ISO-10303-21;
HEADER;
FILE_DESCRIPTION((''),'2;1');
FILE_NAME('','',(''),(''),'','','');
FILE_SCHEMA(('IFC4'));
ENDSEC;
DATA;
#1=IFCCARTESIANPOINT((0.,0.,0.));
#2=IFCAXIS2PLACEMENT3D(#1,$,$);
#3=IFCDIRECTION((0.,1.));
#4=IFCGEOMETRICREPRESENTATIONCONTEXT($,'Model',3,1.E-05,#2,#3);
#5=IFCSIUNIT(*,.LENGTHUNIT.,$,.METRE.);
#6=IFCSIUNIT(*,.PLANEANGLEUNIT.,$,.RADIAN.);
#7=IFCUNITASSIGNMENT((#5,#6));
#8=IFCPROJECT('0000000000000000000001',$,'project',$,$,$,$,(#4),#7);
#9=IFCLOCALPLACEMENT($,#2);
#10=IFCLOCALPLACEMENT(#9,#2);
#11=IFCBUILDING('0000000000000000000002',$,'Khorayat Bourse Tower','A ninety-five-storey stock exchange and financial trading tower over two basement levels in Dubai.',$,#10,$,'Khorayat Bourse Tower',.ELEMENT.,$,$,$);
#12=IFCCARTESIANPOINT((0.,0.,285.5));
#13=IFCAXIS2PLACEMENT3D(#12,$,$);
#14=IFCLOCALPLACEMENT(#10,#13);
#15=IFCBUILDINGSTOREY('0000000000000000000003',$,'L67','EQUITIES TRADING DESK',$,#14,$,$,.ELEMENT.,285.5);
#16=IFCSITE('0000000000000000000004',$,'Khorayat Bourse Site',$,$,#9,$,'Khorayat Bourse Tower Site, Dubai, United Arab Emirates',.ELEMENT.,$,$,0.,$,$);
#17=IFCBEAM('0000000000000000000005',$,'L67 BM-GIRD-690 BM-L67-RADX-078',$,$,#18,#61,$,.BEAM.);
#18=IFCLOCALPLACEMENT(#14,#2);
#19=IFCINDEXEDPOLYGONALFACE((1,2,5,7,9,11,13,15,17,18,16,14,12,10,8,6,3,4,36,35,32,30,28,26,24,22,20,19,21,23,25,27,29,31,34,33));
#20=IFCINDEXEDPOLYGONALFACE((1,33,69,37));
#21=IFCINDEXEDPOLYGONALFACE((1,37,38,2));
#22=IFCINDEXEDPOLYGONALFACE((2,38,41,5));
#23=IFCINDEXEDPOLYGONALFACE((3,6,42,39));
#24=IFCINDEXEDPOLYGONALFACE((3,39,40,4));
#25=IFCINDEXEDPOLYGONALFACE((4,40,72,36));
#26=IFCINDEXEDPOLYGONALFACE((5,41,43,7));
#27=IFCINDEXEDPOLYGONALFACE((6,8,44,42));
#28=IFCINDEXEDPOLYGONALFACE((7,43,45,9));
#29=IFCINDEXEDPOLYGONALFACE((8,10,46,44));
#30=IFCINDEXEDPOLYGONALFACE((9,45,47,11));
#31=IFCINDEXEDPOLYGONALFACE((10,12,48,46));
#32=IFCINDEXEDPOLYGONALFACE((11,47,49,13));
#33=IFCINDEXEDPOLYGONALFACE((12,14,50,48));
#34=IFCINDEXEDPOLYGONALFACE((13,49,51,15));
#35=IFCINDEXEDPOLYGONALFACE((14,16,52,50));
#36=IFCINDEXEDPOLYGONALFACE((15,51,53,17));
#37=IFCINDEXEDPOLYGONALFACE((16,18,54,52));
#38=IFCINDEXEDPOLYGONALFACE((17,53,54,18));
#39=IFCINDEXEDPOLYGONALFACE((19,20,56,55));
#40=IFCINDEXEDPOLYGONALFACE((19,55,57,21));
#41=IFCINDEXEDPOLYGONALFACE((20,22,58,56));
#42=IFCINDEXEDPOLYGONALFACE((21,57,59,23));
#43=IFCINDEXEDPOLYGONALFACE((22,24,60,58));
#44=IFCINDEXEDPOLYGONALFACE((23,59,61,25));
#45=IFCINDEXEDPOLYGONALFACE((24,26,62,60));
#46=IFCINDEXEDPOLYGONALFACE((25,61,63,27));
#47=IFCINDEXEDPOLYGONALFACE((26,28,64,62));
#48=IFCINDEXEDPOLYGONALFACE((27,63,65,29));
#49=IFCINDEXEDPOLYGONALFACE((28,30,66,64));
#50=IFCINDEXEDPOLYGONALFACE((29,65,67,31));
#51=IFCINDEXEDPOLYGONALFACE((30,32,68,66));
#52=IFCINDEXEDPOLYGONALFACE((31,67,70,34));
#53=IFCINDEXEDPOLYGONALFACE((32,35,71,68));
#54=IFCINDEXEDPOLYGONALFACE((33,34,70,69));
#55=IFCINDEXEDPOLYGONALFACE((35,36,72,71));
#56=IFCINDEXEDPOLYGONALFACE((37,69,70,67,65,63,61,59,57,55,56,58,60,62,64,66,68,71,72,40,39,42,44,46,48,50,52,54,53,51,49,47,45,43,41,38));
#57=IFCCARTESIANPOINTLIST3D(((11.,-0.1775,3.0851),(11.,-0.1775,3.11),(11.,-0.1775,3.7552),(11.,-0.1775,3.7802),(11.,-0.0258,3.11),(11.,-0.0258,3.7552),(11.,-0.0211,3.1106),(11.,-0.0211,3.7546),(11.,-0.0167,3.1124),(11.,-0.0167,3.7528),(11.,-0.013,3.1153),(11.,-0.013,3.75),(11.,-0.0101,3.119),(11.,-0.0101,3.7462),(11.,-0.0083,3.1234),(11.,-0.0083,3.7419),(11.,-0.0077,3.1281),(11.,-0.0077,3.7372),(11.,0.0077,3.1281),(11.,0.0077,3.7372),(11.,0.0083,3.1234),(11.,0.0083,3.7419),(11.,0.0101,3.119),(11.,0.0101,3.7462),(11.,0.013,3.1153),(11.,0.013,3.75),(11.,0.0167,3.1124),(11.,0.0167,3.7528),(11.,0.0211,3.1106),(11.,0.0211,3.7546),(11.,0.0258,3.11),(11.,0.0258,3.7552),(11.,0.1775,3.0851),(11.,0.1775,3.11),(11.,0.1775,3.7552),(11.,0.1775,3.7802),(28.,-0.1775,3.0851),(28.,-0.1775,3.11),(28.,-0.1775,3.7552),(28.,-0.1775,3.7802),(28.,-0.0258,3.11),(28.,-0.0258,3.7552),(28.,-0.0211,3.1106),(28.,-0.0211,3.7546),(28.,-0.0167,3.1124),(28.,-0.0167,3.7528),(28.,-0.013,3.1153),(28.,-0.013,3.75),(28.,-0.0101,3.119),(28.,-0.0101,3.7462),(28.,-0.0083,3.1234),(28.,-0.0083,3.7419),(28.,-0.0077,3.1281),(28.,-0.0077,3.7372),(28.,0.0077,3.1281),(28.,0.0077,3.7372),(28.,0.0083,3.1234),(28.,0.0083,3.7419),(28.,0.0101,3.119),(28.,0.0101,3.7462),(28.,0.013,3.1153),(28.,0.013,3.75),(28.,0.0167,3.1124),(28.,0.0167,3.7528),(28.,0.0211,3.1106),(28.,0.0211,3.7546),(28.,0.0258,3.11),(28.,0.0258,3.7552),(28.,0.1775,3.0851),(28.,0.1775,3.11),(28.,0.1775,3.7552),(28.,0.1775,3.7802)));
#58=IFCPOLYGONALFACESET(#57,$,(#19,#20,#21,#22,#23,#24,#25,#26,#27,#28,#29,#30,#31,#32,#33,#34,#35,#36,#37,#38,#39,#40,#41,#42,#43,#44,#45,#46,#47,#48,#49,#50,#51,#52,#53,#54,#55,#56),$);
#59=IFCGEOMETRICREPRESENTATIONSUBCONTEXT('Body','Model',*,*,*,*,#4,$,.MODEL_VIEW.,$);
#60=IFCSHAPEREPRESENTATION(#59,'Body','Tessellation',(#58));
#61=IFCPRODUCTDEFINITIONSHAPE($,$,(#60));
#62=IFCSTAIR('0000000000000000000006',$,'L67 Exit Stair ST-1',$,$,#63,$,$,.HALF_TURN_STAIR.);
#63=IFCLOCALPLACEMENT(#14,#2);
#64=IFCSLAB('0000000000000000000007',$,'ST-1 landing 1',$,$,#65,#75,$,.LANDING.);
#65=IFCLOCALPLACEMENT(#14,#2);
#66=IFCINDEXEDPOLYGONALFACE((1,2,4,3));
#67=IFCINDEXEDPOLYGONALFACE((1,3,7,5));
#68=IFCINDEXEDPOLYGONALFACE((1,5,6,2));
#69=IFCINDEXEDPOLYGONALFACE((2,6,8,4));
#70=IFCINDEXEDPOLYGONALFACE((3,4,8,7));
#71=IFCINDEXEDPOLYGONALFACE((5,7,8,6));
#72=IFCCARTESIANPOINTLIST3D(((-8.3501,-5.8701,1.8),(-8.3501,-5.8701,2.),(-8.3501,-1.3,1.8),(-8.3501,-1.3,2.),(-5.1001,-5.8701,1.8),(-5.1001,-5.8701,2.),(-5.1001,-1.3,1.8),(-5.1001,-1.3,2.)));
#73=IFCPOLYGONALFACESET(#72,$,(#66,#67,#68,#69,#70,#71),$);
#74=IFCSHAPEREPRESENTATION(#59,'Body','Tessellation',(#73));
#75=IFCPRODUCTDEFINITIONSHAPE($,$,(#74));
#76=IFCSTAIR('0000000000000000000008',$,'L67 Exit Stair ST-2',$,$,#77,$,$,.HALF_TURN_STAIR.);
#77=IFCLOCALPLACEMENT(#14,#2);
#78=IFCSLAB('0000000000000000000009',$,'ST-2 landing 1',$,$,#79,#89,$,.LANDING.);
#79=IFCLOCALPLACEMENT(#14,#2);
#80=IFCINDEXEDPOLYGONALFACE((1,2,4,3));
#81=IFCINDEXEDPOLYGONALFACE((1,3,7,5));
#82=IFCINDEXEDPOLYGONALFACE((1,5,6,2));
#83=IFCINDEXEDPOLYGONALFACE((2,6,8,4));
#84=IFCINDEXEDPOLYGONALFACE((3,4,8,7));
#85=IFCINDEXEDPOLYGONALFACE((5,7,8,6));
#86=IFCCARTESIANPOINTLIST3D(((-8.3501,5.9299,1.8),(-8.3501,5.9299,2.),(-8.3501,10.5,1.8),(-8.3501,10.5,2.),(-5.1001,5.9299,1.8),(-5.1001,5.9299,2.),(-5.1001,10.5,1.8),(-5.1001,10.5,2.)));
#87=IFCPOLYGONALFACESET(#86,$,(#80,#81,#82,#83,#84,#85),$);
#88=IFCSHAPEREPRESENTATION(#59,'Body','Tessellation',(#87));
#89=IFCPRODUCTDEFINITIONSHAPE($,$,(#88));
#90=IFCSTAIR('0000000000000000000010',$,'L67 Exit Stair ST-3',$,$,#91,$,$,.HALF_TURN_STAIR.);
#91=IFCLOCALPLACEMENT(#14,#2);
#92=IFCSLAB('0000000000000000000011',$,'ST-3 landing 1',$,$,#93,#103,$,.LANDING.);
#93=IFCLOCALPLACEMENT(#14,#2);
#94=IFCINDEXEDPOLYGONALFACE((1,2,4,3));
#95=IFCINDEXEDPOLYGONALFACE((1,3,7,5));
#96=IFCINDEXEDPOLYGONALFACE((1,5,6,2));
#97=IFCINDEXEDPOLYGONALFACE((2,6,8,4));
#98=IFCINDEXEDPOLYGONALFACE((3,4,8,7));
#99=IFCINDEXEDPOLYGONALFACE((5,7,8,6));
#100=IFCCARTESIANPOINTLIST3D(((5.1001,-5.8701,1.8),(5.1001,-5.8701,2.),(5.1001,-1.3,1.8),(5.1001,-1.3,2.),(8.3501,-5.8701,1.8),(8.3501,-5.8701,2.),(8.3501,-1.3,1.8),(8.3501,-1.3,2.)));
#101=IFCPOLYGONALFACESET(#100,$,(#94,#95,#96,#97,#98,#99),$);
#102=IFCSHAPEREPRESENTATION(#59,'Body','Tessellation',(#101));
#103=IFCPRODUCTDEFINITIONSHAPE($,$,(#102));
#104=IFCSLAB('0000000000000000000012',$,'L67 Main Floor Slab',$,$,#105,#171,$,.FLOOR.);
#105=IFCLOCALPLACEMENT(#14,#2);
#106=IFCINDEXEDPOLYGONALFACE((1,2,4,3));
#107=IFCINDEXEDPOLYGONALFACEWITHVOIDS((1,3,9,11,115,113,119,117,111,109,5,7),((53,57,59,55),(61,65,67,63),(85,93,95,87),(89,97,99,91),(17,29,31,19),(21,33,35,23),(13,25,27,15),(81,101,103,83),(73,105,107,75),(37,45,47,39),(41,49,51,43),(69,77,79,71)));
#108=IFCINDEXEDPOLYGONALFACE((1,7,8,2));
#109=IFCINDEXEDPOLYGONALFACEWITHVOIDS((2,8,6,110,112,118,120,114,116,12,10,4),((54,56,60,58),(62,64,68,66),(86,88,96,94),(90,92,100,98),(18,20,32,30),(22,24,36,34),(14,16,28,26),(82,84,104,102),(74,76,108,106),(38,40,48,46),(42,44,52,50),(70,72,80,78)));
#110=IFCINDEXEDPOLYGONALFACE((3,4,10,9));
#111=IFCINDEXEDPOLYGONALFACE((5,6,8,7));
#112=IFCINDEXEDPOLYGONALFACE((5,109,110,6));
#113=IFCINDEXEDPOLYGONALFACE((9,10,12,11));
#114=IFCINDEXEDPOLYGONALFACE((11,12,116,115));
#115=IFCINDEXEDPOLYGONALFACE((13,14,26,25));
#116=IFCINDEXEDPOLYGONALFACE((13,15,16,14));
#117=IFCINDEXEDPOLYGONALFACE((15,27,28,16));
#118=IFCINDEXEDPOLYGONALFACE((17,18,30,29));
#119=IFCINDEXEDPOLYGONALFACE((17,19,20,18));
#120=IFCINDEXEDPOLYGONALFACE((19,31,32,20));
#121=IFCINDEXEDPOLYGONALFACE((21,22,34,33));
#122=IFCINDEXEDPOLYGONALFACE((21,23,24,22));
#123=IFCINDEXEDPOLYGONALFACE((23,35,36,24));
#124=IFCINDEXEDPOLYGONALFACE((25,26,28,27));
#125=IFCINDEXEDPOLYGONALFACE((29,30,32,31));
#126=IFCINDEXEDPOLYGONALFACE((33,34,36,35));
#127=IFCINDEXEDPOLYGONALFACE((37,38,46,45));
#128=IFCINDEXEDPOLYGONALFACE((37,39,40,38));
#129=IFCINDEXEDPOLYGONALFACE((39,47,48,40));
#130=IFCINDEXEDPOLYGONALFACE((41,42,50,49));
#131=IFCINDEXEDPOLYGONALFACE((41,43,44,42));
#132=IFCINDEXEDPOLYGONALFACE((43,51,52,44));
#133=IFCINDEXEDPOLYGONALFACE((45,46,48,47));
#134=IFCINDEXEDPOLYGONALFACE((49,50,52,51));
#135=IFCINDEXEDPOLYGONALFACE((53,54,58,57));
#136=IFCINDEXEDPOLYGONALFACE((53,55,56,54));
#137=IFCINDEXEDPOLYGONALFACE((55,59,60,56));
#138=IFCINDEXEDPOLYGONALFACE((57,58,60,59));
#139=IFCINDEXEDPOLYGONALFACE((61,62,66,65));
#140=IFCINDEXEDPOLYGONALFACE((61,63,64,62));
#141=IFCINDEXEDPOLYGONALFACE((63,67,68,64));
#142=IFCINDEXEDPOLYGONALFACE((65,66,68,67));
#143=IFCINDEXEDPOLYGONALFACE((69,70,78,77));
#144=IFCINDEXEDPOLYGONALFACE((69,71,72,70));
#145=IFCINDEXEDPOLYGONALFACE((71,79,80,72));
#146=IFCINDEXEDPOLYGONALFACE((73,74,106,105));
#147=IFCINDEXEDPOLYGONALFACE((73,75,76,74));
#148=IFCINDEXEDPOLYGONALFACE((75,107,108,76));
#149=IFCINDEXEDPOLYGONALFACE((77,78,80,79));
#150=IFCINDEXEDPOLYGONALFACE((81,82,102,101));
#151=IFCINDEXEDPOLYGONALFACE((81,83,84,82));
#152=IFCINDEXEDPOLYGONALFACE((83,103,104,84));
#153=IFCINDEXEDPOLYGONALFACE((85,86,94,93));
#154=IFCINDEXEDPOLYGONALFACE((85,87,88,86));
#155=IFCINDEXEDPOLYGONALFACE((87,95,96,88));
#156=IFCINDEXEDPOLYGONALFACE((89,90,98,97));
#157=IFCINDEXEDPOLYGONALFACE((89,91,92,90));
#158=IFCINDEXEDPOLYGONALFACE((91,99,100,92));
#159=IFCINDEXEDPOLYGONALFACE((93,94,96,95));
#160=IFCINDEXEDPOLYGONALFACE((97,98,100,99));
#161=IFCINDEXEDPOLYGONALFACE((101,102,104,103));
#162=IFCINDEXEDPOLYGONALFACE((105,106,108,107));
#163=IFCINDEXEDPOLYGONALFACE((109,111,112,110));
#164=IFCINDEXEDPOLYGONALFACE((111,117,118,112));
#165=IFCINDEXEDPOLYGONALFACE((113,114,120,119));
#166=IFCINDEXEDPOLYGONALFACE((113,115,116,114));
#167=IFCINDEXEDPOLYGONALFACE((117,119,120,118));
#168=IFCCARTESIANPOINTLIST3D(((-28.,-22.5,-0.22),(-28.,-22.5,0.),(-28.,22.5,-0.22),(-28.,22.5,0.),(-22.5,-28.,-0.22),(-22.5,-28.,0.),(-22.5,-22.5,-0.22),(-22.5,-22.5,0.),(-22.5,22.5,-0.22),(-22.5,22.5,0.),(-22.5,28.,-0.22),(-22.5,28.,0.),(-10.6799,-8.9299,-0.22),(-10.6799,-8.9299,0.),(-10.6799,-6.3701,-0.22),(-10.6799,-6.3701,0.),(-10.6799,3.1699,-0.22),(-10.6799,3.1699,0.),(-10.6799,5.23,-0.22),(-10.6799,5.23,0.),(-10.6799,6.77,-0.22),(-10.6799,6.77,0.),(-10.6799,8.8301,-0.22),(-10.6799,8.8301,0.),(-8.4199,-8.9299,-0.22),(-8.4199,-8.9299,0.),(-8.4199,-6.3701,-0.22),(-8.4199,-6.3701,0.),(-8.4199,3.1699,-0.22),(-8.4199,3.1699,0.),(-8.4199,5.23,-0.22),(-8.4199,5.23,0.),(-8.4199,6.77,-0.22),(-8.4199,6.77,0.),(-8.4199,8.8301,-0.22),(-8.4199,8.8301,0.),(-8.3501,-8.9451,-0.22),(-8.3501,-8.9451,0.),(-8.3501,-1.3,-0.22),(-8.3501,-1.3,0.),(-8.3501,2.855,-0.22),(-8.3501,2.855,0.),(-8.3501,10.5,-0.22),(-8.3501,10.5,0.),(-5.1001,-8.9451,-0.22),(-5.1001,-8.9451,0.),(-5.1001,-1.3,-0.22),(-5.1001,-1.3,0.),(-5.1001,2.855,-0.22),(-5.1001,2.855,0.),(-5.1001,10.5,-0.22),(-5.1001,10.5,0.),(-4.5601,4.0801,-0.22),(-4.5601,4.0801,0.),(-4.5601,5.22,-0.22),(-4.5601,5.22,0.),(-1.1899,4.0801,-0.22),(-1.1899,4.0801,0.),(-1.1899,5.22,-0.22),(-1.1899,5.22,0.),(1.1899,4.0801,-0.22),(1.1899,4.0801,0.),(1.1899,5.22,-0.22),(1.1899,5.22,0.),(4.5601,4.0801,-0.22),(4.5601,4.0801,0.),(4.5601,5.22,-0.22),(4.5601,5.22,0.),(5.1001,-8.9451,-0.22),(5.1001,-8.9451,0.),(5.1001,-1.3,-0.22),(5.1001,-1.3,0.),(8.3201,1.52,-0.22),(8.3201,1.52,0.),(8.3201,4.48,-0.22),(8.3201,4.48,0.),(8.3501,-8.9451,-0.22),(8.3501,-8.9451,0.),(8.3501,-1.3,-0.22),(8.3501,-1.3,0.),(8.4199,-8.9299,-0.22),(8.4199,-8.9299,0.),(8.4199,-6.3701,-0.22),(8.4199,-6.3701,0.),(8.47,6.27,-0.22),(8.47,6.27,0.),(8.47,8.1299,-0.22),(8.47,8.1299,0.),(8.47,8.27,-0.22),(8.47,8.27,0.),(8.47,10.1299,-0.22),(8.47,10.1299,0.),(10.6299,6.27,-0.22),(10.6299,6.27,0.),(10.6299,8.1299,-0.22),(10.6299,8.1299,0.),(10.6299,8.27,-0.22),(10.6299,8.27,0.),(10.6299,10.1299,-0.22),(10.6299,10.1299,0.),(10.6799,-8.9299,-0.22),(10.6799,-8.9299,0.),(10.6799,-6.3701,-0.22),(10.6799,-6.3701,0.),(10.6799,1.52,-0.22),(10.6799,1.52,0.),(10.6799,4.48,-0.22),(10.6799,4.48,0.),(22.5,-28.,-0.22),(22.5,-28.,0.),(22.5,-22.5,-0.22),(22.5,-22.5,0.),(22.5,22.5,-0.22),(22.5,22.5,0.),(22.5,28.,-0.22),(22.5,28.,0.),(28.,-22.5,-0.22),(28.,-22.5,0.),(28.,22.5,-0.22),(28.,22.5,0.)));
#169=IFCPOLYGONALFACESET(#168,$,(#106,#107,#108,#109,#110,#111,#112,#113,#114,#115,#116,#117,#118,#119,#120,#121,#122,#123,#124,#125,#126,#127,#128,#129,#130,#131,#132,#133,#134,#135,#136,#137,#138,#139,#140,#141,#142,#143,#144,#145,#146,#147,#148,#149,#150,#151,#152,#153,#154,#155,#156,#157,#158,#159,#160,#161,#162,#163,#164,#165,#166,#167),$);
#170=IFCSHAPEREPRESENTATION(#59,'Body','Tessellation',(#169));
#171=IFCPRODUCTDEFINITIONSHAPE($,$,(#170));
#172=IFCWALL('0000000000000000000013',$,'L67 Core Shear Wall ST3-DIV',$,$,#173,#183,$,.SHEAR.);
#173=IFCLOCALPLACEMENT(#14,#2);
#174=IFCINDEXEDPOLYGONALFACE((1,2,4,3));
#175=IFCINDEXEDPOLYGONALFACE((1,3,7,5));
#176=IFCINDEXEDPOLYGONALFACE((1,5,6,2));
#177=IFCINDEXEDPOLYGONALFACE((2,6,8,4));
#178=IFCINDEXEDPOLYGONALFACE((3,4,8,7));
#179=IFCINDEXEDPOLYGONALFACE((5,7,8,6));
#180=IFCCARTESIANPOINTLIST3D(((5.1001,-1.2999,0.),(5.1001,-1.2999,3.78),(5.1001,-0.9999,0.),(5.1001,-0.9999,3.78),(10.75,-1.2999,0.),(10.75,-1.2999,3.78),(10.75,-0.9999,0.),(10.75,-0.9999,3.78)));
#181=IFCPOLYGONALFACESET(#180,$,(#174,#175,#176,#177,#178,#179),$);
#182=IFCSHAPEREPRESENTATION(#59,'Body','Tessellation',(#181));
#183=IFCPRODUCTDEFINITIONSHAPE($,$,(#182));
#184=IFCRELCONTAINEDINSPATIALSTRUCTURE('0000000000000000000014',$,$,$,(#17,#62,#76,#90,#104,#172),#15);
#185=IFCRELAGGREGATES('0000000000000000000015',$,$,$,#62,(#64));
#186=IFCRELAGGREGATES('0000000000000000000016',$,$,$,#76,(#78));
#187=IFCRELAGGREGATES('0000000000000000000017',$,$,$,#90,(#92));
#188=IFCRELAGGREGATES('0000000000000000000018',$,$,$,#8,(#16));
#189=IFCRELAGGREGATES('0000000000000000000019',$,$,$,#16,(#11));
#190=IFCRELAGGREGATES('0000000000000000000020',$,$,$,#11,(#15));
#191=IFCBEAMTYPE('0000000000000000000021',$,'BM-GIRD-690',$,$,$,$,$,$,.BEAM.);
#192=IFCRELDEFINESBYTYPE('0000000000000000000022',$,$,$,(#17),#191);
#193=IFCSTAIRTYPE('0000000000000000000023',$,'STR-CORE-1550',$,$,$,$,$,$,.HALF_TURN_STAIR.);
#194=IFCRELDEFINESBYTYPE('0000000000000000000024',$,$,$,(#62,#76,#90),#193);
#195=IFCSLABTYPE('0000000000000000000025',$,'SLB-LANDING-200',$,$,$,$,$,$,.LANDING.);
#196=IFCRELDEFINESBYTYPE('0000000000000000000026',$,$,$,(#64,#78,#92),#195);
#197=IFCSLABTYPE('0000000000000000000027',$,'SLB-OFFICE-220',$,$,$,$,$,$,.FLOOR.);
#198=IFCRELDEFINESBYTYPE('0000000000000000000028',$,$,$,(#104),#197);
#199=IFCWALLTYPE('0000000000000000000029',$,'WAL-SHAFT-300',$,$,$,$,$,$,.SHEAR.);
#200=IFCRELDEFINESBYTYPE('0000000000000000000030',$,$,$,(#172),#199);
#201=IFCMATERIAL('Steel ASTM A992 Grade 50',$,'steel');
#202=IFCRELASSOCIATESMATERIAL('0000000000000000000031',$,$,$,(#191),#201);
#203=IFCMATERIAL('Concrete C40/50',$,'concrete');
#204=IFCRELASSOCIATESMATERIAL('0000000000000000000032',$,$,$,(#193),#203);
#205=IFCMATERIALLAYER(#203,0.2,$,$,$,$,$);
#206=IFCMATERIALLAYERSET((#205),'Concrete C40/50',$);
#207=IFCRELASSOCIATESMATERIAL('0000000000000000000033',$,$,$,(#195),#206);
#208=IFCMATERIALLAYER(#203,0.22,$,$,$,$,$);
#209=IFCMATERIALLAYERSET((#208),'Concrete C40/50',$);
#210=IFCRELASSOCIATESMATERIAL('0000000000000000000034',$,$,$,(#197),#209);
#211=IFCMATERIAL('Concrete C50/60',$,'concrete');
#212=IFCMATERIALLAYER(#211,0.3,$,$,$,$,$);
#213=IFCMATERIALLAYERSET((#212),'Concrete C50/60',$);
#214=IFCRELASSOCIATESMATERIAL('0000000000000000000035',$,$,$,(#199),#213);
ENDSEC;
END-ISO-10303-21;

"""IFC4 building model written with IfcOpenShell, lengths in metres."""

from ifc_helpers import new_model, si_unit, direction, frame, frame_2d, origin, origin_2d, place, context, subcontext, project, spatial, polyline, rectangle, i_section, outline, extrude, source, transform, mapped, material, layer, layer_set, material_profile, profile_set, type_object, element, aggregate, save


model = new_model("IFC4")

# Units and contexts
model_context = context("Model", 3, precision=1e-05, world=origin(), true_north=direction((0.0, 1.0)))
body_context = subcontext(model_context, "Body", "Model", "MODEL_VIEW")
ifc_project = project(units=[si_unit("LENGTHUNIT", "METRE"), si_unit("PLANEANGLEUNIT", "RADIAN")], contexts=[model_context])

# Site, building, storey
site_placement = place(None, origin())
site = spatial("IfcSite", under=ifc_project, at=site_placement, Name="Khorayat Bourse Site", LongName="Khorayat Bourse Tower Site, Dubai, United Arab Emirates", CompositionType="ELEMENT", RefElevation=0.0)
building_placement = place(site_placement, origin())
building = spatial("IfcBuilding", under=site, at=building_placement, Name="Khorayat Bourse Tower", Description="A ninety-five-storey stock exchange and financial trading tower over two basement levels in Dubai.", LongName="Khorayat Bourse Tower", CompositionType="ELEMENT")
storey_placement = place(building_placement, frame((0.0, 0.0, 285.5)))
storey = spatial("IfcBuildingStorey", under=building, at=storey_placement, Name="L67", Description="EQUITIES TRADING DESK", CompositionType="ELEMENT", Elevation=285.5)

# Beam
ifc_material_1 = material(Name="Steel ASTM A992 Grade 50", Category="steel")
ifc_material_profile_1 = material_profile(ifc_material_1, i_section(OverallWidth=0.355, OverallDepth=0.6951, WebThickness=0.0154, FlangeThickness=0.0249, FilletRadius=0.0181, at=origin_2d()), Name="W690X217")
ifc_profile_set_1 = profile_set([ifc_material_profile_1], Name="Steel ASTM A992 Grade 50")
beam_type_1 = type_object("IfcBeamType", Name="BM-GIRD-690", PredefinedType="BEAM", material=ifc_profile_set_1)
shared_shape_1 = source(origin(), body_context, "Body", "SweptSolid", [
    extrude(i_section(OverallWidth=0.355, OverallDepth=0.6951, WebThickness=0.0154, FlangeThickness=0.0249, FilletRadius=0.0181, at=origin_2d()), origin(), (0.0, 0.0, 1.0), 17.0),
])
beam_1_placement = place(storey_placement, frame((11.0, 0.0, 3.4326), z_axis=(1.0, 0.0, 0.0), x_axis=(0.0, 1.0, 0.0)))
element("IfcBeam", 1, at=beam_1_placement, inside=storey, type_object=beam_type_1, Name="L67 BM-GIRD-690 BM-L67-RADX-078", PredefinedType="BEAM", context=body_context, shape_type="MappedRepresentation", body=[
    mapped(shared_shape_1, transform((0.0, 0.0, 0.0), scale=1.0)),
])

# Stairs, slabs
ifc_material_2 = material(Name="Concrete C40/50", Category="concrete")
stair_type = type_object("IfcStairType", Name="STR-CORE-1550", PredefinedType="HALF_TURN_STAIR", material=ifc_material_2)
stair_1_placement = place(storey_placement, origin())
stair_1 = element("IfcStair", 2, at=stair_1_placement, inside=storey, type_object=stair_type, Name="L67 Exit Stair ST-1", PredefinedType="HALF_TURN_STAIR")
ifc_layer_1 = layer(ifc_material_2, 0.2)
ifc_layer_set_1 = layer_set([ifc_layer_1], Name="Concrete C40/50")
slab_type_1 = type_object("IfcSlabType", Name="SLB-LANDING-200", PredefinedType="LANDING", material=ifc_layer_set_1)
slab_1_placement = place(storey_placement, frame((0.0, 0.0, 1.8)))
slab_1 = element("IfcSlab", 3, at=slab_1_placement, type_object=slab_type_1, Name="ST-1 landing 1", PredefinedType="LANDING", context=body_context, shape_type="SweptSolid", body=[
    extrude(outline(polyline([(-5.1001, -5.8701), (-5.1001, -1.3), (-8.3501, -1.3), (-8.3501, -5.8701), (-5.1001, -5.8701)])), origin(), (0.0, 0.0, 1.0), 0.2),
])
aggregate(stair_1, [slab_1])
stair_2_placement = place(storey_placement, origin())
stair_2 = element("IfcStair", 4, at=stair_2_placement, inside=storey, type_object=stair_type, Name="L67 Exit Stair ST-2", PredefinedType="HALF_TURN_STAIR")
slab_2_placement = place(storey_placement, frame((0.0, 0.0, 1.8)))
slab_2 = element("IfcSlab", 5, at=slab_2_placement, type_object=slab_type_1, Name="ST-2 landing 1", PredefinedType="LANDING", context=body_context, shape_type="SweptSolid", body=[
    extrude(outline(polyline([(-5.1001, 5.9299), (-5.1001, 10.5), (-8.3501, 10.5), (-8.3501, 5.9299), (-5.1001, 5.9299)])), origin(), (0.0, 0.0, 1.0), 0.2),
])
aggregate(stair_2, [slab_2])
stair_3_placement = place(storey_placement, origin())
stair_3 = element("IfcStair", 6, at=stair_3_placement, inside=storey, type_object=stair_type, Name="L67 Exit Stair ST-3", PredefinedType="HALF_TURN_STAIR")
slab_3_placement = place(storey_placement, frame((0.0, 0.0, 1.8)))
slab_3 = element("IfcSlab", 7, at=slab_3_placement, type_object=slab_type_1, Name="ST-3 landing 1", PredefinedType="LANDING", context=body_context, shape_type="SweptSolid", body=[
    extrude(outline(polyline([(8.3501, -5.8701), (8.3501, -1.3), (5.1001, -1.3), (5.1001, -5.8701), (8.3501, -5.8701)])), origin(), (0.0, 0.0, 1.0), 0.2),
])
aggregate(stair_3, [slab_3])

# Slab
ifc_layer_2 = layer(ifc_material_2, 0.22)
ifc_layer_set_2 = layer_set([ifc_layer_2], Name="Concrete C40/50")
slab_type_2 = type_object("IfcSlabType", Name="SLB-OFFICE-220", PredefinedType="FLOOR", material=ifc_layer_set_2)
slab_4_placement = place(storey_placement, frame((0.0, 0.0, -0.22)))
element("IfcSlab", 8, at=slab_4_placement, inside=storey, type_object=slab_type_2, Name="L67 Main Floor Slab", PredefinedType="FLOOR", context=body_context, shape_type="SweptSolid", body=[
    extrude(outline(polyline([(-22.5, -28.0), (22.5, -28.0), (22.5, -22.5), (28.0, -22.5), (28.0, 22.5), (22.5, 22.5), (22.5, 28.0), (-22.5, 28.0), (-22.5, 22.5), (-28.0, 22.5), (-28.0, -22.5), (-22.5, -22.5), (-22.5, -28.0)]), holes=[polyline([(-8.3501, -8.9451), (-5.1001, -8.9451), (-5.1001, -1.3), (-8.3501, -1.3), (-8.3501, -8.9451)]), polyline([(-8.3501, 2.855), (-5.1001, 2.855), (-5.1001, 10.5), (-8.3501, 10.5), (-8.3501, 2.855)]), polyline([(5.1001, -8.9451), (8.3501, -8.9451), (8.3501, -1.3), (5.1001, -1.3), (5.1001, -8.9451)]), polyline([(-10.6799, 3.1699), (-8.4199, 3.1699), (-8.4199, 5.23), (-10.6799, 5.23), (-10.6799, 3.1699)]), polyline([(-10.6799, 6.77), (-8.4199, 6.77), (-8.4199, 8.8301), (-10.6799, 8.8301), (-10.6799, 6.77)]), polyline([(8.47, 6.27), (10.6299, 6.27), (10.6299, 8.1299), (8.47, 8.1299), (8.47, 6.27)]), polyline([(8.47, 8.27), (10.6299, 8.27), (10.6299, 10.1299), (8.47, 10.1299), (8.47, 8.27)]), polyline([(-10.6799, -8.9299), (-8.4199, -8.9299), (-8.4199, -6.3701), (-10.6799, -6.3701), (-10.6799, -8.9299)]), polyline([(8.4199, -8.9299), (10.6799, -8.9299), (10.6799, -6.3701), (8.4199, -6.3701), (8.4199, -8.9299)]), polyline([(8.3201, 1.52), (10.6799, 1.52), (10.6799, 4.48), (8.3201, 4.48), (8.3201, 1.52)]), polyline([(-4.5601, 4.0801), (-1.1899, 4.0801), (-1.1899, 5.22), (-4.5601, 5.22), (-4.5601, 4.0801)]), polyline([(1.1899, 4.0801), (4.5601, 4.0801), (4.5601, 5.22), (1.1899, 5.22), (1.1899, 4.0801)])]), origin(), (0.0, 0.0, 1.0), 0.22),
])

# Wall
ifc_material_3 = material(Name="Concrete C50/60", Category="concrete")
ifc_layer_3 = layer(ifc_material_3, 0.3)
ifc_layer_set_3 = layer_set([ifc_layer_3], Name="Concrete C50/60")
wall_type_1 = type_object("IfcWallType", Name="WAL-SHAFT-300", PredefinedType="SHEAR", material=ifc_layer_set_3)
shared_shape_2 = source(origin(), body_context, "Body", "SweptSolid", [
    extrude(rectangle(XDim=5.6499, YDim=0.3, at=frame_2d((2.825, 0.0))), origin(), (0.0, 0.0, 1.0), 3.78),
])
wall_1_placement = place(storey_placement, frame((5.1001, -1.1499, 0.0), z_axis=(0.0, 0.0, 1.0), x_axis=(1.0, 0.0, 0.0)))
element("IfcWall", 9, at=wall_1_placement, inside=storey, type_object=wall_type_1, Name="L67 Core Shear Wall ST3-DIV", PredefinedType="SHEAR", context=body_context, shape_type="MappedRepresentation", body=[
    mapped(shared_shape_2, transform((0.0, 0.0, 0.0), scale=1.0)),
])

save(model, "model.ifc")
